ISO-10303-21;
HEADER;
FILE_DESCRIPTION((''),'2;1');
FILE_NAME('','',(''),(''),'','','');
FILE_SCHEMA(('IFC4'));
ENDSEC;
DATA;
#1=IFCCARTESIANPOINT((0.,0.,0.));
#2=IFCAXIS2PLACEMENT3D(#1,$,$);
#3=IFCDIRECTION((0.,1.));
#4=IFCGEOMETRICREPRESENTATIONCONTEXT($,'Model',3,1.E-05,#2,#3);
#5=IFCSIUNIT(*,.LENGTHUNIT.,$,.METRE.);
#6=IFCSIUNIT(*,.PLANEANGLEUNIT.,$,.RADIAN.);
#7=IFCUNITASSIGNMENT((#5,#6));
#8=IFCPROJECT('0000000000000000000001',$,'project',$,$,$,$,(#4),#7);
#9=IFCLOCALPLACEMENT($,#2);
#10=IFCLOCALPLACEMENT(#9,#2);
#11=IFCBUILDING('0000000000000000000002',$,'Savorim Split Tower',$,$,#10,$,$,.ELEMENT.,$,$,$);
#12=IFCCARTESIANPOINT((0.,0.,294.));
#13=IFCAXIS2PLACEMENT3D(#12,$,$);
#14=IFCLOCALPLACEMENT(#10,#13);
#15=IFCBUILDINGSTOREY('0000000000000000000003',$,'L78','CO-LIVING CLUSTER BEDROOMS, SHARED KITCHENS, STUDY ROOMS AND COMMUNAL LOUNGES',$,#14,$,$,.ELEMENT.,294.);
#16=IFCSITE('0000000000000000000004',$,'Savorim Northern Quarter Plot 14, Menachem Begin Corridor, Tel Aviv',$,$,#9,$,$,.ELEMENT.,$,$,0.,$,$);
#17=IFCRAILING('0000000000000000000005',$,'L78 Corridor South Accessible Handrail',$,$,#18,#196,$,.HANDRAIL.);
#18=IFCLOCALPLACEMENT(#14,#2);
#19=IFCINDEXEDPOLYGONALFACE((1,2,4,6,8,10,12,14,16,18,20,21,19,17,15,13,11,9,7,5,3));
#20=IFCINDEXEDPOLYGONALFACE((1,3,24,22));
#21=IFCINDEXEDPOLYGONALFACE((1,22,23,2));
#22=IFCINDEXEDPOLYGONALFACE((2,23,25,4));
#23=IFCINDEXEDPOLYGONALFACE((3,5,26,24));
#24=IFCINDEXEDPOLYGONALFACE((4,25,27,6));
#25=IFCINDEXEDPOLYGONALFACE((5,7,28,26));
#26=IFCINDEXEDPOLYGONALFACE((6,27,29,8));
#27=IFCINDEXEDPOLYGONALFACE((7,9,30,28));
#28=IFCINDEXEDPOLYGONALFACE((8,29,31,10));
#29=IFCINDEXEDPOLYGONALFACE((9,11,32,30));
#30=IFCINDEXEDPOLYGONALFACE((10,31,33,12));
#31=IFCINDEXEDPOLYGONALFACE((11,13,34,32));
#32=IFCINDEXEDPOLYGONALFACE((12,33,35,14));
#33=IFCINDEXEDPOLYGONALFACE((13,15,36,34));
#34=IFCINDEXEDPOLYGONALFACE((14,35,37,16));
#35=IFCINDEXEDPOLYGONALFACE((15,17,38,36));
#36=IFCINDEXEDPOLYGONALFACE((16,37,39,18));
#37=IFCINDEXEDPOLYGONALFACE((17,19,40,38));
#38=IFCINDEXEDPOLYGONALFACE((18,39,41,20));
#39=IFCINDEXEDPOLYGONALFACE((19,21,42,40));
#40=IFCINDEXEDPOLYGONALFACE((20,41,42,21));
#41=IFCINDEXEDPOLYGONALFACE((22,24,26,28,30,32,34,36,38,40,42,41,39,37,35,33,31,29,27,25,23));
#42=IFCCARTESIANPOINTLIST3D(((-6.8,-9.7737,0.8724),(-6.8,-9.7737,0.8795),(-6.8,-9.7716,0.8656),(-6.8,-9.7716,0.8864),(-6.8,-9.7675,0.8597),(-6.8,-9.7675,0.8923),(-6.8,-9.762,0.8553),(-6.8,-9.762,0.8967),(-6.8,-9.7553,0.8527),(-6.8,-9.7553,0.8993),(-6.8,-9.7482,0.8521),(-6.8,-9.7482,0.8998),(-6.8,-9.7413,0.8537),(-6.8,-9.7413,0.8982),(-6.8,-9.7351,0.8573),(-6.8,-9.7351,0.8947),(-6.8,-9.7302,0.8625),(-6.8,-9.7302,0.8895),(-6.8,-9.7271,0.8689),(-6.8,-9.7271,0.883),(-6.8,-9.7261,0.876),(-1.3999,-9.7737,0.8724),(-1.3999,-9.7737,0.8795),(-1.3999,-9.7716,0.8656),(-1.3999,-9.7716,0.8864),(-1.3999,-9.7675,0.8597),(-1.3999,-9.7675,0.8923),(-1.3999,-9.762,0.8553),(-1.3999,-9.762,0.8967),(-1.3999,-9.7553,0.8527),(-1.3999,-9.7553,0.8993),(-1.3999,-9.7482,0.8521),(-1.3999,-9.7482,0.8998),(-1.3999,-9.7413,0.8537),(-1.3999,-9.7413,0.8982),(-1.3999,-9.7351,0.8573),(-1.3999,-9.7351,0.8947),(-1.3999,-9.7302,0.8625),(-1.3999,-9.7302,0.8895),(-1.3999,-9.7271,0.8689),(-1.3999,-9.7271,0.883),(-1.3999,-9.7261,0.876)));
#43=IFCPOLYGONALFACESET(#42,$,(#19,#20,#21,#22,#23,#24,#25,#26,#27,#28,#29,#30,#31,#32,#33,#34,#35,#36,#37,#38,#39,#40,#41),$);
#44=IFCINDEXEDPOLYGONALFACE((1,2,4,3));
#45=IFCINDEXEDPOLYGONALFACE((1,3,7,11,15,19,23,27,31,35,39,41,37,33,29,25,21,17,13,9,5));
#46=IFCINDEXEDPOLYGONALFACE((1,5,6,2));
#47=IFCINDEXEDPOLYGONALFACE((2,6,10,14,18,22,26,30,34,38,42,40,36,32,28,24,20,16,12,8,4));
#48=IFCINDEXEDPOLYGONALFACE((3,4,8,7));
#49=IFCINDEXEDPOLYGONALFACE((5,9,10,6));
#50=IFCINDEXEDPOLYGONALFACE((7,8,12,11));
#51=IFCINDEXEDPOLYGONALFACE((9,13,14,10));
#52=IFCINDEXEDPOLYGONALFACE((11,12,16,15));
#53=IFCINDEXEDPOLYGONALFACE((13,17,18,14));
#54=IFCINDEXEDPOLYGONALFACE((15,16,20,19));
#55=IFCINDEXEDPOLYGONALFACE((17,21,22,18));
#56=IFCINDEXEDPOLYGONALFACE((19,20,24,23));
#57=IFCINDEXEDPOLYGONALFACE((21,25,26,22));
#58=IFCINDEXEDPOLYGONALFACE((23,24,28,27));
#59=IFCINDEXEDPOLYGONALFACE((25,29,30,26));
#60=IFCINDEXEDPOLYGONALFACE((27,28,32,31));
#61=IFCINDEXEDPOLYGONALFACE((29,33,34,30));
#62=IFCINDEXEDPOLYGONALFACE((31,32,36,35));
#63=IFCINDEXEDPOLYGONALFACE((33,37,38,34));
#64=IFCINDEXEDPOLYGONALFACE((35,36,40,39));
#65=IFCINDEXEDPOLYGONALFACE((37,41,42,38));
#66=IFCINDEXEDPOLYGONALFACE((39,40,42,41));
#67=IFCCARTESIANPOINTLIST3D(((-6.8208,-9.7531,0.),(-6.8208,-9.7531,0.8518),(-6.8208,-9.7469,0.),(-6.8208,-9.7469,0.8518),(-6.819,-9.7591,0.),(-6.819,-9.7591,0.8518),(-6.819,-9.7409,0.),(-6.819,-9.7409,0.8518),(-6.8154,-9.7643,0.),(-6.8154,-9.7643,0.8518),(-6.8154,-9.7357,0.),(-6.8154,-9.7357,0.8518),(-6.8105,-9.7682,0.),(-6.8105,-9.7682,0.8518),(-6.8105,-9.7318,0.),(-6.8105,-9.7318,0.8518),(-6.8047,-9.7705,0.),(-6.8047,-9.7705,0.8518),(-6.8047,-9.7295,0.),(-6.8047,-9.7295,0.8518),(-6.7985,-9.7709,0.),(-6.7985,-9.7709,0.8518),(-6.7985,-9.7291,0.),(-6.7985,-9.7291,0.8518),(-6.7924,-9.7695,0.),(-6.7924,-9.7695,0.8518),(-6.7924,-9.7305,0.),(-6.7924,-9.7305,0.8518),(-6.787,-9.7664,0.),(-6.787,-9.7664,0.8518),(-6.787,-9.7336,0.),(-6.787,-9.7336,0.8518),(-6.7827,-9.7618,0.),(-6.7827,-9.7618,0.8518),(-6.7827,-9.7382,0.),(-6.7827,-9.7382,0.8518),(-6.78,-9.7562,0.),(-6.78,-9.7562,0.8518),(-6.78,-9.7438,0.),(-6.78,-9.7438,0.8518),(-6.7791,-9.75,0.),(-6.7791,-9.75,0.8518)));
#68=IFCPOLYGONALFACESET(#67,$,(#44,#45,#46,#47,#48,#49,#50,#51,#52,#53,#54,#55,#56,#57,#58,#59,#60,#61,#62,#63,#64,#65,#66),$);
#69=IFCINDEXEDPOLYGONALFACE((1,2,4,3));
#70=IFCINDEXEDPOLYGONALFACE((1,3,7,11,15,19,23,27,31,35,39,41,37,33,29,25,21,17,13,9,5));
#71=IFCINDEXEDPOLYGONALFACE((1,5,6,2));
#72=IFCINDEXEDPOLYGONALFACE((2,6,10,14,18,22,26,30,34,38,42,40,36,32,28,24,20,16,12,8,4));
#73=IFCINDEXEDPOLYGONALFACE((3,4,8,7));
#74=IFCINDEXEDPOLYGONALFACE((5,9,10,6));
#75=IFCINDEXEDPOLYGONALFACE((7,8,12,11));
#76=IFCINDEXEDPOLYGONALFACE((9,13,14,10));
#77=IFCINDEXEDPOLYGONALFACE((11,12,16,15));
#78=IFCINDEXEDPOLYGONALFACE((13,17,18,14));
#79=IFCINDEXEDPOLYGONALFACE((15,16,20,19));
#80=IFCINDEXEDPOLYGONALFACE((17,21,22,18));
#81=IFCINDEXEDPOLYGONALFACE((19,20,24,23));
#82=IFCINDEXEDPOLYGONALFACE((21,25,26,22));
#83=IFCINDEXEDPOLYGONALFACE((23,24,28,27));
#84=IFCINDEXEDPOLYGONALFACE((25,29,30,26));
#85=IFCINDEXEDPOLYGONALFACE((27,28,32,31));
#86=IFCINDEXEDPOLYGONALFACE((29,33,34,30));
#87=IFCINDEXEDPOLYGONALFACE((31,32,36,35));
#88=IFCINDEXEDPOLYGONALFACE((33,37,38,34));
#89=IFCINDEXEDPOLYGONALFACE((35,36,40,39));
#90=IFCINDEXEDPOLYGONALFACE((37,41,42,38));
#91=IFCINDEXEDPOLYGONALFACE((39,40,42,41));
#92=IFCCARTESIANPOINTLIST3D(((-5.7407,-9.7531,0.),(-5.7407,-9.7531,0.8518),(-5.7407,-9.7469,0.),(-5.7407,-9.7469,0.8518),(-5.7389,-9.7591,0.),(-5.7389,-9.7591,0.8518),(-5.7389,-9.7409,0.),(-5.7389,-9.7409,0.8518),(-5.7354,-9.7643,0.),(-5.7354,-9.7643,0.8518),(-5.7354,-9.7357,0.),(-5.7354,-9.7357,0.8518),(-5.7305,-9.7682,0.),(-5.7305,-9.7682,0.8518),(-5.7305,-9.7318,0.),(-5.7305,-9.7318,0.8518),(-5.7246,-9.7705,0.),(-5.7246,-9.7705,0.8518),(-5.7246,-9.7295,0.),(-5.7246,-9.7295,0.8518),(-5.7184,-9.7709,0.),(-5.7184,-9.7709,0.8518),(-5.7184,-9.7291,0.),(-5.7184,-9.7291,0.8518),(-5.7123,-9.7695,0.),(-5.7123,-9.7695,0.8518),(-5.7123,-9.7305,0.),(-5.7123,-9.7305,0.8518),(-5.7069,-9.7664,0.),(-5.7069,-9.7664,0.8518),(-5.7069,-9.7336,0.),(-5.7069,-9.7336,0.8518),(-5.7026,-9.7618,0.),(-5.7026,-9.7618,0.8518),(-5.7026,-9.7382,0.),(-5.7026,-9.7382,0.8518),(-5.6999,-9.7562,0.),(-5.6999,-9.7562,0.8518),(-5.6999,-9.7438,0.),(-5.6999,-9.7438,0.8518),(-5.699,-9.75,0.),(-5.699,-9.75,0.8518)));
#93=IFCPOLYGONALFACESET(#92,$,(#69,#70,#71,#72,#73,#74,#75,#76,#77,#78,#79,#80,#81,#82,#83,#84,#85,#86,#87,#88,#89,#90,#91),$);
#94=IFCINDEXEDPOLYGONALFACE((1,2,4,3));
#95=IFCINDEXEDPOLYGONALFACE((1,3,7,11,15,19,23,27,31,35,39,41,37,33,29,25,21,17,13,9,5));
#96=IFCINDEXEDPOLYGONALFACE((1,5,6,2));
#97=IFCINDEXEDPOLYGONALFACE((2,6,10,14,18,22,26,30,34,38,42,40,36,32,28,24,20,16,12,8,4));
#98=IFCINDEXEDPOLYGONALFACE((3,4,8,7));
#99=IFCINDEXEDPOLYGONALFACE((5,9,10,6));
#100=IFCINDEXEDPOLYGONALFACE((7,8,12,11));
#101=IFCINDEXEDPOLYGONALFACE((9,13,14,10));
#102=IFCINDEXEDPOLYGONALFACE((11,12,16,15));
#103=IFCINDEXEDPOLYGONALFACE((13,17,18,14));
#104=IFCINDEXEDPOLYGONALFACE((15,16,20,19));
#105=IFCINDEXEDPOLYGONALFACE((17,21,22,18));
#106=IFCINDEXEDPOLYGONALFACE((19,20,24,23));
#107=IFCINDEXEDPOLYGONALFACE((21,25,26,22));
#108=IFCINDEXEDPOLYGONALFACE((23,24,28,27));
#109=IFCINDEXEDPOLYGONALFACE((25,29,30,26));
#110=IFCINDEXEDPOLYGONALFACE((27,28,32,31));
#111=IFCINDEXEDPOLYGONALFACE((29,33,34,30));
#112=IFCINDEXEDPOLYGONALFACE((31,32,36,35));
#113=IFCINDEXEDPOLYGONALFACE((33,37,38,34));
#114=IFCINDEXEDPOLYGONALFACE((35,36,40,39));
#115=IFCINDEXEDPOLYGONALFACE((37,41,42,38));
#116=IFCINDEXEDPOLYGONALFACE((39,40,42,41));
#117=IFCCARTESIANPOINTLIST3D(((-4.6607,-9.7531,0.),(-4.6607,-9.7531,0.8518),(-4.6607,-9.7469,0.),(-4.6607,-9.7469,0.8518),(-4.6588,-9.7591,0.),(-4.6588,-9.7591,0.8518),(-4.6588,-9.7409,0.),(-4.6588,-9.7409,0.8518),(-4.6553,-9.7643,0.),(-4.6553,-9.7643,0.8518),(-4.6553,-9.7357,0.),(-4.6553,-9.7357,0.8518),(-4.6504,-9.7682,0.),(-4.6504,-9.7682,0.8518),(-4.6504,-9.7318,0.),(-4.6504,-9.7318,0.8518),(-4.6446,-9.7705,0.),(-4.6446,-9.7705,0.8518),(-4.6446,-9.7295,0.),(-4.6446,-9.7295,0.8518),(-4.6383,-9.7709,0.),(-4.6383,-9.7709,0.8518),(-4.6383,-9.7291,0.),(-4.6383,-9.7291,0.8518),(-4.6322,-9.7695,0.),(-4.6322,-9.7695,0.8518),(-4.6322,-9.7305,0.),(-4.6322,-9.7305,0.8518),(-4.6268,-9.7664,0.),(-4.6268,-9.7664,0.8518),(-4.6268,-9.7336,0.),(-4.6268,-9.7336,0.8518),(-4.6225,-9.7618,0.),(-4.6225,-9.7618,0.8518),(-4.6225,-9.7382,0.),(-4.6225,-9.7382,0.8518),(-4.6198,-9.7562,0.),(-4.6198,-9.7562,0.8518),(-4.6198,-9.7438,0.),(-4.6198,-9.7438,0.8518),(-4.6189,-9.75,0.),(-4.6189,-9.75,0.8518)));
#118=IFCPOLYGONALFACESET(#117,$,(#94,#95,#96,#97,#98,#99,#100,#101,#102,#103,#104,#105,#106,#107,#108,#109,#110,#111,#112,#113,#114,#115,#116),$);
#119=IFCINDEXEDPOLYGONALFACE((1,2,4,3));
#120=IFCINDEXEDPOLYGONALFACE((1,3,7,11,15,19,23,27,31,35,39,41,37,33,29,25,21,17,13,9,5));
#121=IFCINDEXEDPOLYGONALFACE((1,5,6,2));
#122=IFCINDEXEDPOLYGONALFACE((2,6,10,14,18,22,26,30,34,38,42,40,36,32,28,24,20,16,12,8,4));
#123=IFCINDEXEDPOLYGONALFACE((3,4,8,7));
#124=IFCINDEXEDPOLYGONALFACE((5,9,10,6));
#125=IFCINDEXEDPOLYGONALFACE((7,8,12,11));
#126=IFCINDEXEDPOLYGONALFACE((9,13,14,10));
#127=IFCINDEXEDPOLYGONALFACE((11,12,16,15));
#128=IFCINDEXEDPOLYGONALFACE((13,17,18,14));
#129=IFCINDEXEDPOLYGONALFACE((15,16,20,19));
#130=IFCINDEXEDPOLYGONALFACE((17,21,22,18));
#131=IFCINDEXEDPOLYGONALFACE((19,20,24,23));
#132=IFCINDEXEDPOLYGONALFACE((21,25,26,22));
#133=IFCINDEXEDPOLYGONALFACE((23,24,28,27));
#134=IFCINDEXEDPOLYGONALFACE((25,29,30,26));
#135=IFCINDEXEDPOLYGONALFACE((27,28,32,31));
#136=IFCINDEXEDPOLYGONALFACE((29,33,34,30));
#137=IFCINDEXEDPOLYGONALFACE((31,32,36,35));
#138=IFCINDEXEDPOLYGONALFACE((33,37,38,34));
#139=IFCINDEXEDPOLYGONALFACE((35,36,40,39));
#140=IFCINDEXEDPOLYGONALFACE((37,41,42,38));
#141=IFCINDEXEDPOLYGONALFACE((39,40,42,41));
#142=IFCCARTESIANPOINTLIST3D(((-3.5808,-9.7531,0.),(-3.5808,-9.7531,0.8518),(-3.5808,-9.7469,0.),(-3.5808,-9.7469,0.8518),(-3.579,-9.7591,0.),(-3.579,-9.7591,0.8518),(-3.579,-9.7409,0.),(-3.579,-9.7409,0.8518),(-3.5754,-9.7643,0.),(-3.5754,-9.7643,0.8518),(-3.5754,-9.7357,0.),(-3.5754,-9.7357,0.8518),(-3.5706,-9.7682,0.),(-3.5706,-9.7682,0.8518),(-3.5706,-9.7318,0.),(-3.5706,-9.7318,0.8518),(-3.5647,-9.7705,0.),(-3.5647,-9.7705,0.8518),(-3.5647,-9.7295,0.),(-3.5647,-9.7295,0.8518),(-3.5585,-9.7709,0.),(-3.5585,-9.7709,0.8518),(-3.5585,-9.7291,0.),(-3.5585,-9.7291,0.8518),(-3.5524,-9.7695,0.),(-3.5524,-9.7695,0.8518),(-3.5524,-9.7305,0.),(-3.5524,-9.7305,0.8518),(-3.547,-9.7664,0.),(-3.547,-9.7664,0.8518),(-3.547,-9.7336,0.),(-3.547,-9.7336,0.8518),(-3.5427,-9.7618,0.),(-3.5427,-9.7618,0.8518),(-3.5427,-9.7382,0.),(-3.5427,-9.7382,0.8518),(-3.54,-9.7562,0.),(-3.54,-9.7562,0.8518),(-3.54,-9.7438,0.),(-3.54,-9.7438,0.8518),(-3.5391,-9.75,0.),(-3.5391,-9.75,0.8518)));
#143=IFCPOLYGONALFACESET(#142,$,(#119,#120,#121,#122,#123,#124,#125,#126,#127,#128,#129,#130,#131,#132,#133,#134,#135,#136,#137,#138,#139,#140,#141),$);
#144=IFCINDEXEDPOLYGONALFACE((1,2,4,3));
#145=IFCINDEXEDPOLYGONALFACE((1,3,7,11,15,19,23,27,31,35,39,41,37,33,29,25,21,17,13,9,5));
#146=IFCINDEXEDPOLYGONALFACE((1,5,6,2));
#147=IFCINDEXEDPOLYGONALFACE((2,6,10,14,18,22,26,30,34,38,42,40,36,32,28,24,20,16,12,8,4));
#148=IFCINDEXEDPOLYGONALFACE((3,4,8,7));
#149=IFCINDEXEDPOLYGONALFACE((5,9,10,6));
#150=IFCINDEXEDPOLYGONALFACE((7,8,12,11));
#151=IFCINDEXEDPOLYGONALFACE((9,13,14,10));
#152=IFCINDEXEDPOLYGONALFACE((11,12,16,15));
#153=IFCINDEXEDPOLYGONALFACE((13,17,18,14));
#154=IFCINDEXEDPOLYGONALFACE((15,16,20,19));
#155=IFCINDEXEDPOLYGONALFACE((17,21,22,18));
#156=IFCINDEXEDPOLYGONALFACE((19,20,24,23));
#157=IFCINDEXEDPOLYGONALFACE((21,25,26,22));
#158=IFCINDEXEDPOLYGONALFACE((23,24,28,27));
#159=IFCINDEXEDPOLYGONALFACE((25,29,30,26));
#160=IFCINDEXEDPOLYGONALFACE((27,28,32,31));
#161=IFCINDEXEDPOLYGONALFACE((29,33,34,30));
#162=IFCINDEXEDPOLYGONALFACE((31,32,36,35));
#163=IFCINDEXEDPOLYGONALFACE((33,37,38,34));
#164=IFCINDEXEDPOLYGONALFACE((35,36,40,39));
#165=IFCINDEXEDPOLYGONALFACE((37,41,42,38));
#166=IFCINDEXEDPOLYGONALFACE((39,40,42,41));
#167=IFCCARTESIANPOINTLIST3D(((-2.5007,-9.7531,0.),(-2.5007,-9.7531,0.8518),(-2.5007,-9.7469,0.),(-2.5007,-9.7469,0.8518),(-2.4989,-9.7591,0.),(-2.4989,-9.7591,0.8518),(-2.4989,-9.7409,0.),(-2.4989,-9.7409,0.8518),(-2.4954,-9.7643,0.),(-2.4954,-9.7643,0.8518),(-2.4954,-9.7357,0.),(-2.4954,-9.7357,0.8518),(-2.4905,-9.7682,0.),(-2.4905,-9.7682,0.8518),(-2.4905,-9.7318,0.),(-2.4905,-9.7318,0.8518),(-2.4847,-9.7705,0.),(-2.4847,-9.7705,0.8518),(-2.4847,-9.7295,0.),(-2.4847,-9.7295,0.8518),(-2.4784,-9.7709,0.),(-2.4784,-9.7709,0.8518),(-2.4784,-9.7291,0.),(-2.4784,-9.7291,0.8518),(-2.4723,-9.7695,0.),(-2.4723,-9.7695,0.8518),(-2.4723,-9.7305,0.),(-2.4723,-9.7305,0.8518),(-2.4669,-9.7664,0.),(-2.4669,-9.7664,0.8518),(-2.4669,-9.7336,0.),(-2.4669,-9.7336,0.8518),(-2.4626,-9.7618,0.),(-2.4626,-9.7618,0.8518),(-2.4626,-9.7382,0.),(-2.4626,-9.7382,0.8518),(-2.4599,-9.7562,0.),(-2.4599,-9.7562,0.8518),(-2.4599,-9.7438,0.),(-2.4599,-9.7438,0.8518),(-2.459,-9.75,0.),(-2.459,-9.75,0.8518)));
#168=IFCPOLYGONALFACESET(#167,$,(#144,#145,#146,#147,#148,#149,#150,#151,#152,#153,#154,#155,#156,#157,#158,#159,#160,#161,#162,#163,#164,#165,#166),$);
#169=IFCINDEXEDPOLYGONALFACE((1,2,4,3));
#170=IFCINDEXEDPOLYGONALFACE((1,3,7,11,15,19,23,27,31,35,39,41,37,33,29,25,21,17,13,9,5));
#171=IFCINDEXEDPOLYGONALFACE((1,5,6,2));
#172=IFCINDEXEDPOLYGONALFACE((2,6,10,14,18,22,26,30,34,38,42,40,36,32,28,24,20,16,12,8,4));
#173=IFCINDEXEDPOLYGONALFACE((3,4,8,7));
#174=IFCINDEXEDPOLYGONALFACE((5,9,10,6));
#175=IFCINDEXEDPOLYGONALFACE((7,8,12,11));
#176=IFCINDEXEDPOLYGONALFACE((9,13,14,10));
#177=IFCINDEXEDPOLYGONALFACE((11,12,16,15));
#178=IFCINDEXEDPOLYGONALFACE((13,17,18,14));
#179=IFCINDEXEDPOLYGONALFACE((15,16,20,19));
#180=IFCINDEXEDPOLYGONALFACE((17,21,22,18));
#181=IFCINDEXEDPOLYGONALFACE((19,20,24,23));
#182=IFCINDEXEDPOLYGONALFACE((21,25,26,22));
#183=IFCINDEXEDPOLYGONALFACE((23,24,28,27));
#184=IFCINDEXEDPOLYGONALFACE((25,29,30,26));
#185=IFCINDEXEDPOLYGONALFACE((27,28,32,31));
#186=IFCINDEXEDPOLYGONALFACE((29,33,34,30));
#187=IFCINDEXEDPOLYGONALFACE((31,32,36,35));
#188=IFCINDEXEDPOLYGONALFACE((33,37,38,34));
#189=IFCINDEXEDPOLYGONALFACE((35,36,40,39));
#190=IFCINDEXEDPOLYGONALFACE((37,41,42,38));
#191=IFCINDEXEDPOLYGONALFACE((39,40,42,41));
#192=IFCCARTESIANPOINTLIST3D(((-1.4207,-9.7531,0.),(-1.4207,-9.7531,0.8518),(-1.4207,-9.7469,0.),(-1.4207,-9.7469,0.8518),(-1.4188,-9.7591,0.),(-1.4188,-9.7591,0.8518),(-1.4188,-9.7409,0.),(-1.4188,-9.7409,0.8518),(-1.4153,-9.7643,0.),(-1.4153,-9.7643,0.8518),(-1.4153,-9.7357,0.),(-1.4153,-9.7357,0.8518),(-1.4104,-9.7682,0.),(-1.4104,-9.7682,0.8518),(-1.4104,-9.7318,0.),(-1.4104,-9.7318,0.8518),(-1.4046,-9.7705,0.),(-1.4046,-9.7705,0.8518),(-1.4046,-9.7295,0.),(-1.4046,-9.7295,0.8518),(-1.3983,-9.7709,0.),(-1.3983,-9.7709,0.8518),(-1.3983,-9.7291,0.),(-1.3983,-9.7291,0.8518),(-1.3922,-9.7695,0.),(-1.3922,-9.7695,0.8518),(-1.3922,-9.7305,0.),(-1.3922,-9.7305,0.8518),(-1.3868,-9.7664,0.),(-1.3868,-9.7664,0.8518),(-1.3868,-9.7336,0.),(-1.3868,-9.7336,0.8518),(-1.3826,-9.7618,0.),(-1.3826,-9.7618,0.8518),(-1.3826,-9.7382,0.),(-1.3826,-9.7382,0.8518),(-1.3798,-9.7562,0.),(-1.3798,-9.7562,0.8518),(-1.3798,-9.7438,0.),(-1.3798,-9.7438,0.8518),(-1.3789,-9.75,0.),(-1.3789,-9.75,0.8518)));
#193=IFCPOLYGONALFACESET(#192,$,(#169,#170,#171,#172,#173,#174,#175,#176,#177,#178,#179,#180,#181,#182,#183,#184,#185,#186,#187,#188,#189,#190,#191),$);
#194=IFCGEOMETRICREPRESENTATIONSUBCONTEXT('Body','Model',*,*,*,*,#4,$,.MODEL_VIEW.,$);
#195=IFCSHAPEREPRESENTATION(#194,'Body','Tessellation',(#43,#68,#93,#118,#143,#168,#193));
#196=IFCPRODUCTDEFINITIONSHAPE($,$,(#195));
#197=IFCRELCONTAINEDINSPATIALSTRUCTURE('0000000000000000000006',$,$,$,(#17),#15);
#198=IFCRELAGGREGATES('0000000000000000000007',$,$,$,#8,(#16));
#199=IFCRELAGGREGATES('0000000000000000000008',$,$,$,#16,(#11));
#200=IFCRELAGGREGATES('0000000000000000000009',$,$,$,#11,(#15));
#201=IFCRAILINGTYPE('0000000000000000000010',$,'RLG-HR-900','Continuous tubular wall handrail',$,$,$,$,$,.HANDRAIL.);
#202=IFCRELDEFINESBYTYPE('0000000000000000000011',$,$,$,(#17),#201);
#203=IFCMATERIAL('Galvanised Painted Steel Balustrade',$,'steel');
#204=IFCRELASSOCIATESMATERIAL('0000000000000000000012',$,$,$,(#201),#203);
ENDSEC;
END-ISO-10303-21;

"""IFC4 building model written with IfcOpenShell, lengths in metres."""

from ifc_helpers import new_model, si_unit, direction, frame, origin, origin_2d, place, context, subcontext, project, spatial, circle, extrude, material, type_object, element, save


model = new_model("IFC4")

# Units and contexts
model_context = context("Model", 3, precision=1e-05, world=origin(), true_north=direction((0.0, 1.0)))
body_context = subcontext(model_context, "Body", "Model", "MODEL_VIEW")
ifc_project = project(units=[si_unit("LENGTHUNIT", "METRE"), si_unit("PLANEANGLEUNIT", "RADIAN")], contexts=[model_context])

# Site, building, storey
site_placement = place(None, origin())
site = spatial("IfcSite", under=ifc_project, at=site_placement, Name="Savorim Northern Quarter Plot 14, Menachem Begin Corridor, Tel Aviv", CompositionType="ELEMENT", RefElevation=0.0)
building_placement = place(site_placement, origin())
building = spatial("IfcBuilding", under=site, at=building_placement, Name="Savorim Split Tower", CompositionType="ELEMENT")
storey_placement = place(building_placement, frame((0.0, 0.0, 294.0)))
storey = spatial("IfcBuildingStorey", under=building, at=storey_placement, Name="L78", Description="CO-LIVING CLUSTER BEDROOMS, SHARED KITCHENS, STUDY ROOMS AND COMMUNAL LOUNGES", CompositionType="ELEMENT", Elevation=294.0)

# Railing
ifc_material_1 = material(Name="Galvanised Painted Steel Balustrade", Category="steel")
railing_type_1 = type_object("IfcRailingType", Name="RLG-HR-900", Description="Continuous tubular wall handrail", PredefinedType="HANDRAIL", material=ifc_material_1)
railing_1_placement = place(storey_placement, frame((-6.8, -9.75, 0.0)))
element("IfcRailing", 1, at=railing_1_placement, inside=storey, type_object=railing_type_1, Name="L78 Corridor South Accessible Handrail", PredefinedType="HANDRAIL", context=body_context, shape_type="SweptSolid", body=[
    extrude(circle(Radius=0.0239, at=origin_2d()), frame((0.0, 0.0, 0.876), z_axis=(1.0, 0.0, 0.0), x_axis=(0.0, 1.0, 0.0)), (0.0, 0.0, 1.0), 5.4001),
    extrude(circle(Radius=0.021, at=origin_2d()), origin(), (0.0, 0.0, 1.0), 0.8518),
    extrude(circle(Radius=0.021, at=origin_2d()), frame((1.0801, 0.0, 0.0)), (0.0, 0.0, 1.0), 0.8518),
    extrude(circle(Radius=0.021, at=origin_2d()), frame((2.1602, 0.0, 0.0)), (0.0, 0.0, 1.0), 0.8518),
    extrude(circle(Radius=0.021, at=origin_2d()), frame((3.24, 0.0, 0.0)), (0.0, 0.0, 1.0), 0.8518),
    extrude(circle(Radius=0.021, at=origin_2d()), frame((4.3201, 0.0, 0.0)), (0.0, 0.0, 1.0), 0.8518),
    extrude(circle(Radius=0.021, at=origin_2d()), frame((5.4001, 0.0, 0.0)), (0.0, 0.0, 1.0), 0.8518),
])

save(model, "model.ifc")
